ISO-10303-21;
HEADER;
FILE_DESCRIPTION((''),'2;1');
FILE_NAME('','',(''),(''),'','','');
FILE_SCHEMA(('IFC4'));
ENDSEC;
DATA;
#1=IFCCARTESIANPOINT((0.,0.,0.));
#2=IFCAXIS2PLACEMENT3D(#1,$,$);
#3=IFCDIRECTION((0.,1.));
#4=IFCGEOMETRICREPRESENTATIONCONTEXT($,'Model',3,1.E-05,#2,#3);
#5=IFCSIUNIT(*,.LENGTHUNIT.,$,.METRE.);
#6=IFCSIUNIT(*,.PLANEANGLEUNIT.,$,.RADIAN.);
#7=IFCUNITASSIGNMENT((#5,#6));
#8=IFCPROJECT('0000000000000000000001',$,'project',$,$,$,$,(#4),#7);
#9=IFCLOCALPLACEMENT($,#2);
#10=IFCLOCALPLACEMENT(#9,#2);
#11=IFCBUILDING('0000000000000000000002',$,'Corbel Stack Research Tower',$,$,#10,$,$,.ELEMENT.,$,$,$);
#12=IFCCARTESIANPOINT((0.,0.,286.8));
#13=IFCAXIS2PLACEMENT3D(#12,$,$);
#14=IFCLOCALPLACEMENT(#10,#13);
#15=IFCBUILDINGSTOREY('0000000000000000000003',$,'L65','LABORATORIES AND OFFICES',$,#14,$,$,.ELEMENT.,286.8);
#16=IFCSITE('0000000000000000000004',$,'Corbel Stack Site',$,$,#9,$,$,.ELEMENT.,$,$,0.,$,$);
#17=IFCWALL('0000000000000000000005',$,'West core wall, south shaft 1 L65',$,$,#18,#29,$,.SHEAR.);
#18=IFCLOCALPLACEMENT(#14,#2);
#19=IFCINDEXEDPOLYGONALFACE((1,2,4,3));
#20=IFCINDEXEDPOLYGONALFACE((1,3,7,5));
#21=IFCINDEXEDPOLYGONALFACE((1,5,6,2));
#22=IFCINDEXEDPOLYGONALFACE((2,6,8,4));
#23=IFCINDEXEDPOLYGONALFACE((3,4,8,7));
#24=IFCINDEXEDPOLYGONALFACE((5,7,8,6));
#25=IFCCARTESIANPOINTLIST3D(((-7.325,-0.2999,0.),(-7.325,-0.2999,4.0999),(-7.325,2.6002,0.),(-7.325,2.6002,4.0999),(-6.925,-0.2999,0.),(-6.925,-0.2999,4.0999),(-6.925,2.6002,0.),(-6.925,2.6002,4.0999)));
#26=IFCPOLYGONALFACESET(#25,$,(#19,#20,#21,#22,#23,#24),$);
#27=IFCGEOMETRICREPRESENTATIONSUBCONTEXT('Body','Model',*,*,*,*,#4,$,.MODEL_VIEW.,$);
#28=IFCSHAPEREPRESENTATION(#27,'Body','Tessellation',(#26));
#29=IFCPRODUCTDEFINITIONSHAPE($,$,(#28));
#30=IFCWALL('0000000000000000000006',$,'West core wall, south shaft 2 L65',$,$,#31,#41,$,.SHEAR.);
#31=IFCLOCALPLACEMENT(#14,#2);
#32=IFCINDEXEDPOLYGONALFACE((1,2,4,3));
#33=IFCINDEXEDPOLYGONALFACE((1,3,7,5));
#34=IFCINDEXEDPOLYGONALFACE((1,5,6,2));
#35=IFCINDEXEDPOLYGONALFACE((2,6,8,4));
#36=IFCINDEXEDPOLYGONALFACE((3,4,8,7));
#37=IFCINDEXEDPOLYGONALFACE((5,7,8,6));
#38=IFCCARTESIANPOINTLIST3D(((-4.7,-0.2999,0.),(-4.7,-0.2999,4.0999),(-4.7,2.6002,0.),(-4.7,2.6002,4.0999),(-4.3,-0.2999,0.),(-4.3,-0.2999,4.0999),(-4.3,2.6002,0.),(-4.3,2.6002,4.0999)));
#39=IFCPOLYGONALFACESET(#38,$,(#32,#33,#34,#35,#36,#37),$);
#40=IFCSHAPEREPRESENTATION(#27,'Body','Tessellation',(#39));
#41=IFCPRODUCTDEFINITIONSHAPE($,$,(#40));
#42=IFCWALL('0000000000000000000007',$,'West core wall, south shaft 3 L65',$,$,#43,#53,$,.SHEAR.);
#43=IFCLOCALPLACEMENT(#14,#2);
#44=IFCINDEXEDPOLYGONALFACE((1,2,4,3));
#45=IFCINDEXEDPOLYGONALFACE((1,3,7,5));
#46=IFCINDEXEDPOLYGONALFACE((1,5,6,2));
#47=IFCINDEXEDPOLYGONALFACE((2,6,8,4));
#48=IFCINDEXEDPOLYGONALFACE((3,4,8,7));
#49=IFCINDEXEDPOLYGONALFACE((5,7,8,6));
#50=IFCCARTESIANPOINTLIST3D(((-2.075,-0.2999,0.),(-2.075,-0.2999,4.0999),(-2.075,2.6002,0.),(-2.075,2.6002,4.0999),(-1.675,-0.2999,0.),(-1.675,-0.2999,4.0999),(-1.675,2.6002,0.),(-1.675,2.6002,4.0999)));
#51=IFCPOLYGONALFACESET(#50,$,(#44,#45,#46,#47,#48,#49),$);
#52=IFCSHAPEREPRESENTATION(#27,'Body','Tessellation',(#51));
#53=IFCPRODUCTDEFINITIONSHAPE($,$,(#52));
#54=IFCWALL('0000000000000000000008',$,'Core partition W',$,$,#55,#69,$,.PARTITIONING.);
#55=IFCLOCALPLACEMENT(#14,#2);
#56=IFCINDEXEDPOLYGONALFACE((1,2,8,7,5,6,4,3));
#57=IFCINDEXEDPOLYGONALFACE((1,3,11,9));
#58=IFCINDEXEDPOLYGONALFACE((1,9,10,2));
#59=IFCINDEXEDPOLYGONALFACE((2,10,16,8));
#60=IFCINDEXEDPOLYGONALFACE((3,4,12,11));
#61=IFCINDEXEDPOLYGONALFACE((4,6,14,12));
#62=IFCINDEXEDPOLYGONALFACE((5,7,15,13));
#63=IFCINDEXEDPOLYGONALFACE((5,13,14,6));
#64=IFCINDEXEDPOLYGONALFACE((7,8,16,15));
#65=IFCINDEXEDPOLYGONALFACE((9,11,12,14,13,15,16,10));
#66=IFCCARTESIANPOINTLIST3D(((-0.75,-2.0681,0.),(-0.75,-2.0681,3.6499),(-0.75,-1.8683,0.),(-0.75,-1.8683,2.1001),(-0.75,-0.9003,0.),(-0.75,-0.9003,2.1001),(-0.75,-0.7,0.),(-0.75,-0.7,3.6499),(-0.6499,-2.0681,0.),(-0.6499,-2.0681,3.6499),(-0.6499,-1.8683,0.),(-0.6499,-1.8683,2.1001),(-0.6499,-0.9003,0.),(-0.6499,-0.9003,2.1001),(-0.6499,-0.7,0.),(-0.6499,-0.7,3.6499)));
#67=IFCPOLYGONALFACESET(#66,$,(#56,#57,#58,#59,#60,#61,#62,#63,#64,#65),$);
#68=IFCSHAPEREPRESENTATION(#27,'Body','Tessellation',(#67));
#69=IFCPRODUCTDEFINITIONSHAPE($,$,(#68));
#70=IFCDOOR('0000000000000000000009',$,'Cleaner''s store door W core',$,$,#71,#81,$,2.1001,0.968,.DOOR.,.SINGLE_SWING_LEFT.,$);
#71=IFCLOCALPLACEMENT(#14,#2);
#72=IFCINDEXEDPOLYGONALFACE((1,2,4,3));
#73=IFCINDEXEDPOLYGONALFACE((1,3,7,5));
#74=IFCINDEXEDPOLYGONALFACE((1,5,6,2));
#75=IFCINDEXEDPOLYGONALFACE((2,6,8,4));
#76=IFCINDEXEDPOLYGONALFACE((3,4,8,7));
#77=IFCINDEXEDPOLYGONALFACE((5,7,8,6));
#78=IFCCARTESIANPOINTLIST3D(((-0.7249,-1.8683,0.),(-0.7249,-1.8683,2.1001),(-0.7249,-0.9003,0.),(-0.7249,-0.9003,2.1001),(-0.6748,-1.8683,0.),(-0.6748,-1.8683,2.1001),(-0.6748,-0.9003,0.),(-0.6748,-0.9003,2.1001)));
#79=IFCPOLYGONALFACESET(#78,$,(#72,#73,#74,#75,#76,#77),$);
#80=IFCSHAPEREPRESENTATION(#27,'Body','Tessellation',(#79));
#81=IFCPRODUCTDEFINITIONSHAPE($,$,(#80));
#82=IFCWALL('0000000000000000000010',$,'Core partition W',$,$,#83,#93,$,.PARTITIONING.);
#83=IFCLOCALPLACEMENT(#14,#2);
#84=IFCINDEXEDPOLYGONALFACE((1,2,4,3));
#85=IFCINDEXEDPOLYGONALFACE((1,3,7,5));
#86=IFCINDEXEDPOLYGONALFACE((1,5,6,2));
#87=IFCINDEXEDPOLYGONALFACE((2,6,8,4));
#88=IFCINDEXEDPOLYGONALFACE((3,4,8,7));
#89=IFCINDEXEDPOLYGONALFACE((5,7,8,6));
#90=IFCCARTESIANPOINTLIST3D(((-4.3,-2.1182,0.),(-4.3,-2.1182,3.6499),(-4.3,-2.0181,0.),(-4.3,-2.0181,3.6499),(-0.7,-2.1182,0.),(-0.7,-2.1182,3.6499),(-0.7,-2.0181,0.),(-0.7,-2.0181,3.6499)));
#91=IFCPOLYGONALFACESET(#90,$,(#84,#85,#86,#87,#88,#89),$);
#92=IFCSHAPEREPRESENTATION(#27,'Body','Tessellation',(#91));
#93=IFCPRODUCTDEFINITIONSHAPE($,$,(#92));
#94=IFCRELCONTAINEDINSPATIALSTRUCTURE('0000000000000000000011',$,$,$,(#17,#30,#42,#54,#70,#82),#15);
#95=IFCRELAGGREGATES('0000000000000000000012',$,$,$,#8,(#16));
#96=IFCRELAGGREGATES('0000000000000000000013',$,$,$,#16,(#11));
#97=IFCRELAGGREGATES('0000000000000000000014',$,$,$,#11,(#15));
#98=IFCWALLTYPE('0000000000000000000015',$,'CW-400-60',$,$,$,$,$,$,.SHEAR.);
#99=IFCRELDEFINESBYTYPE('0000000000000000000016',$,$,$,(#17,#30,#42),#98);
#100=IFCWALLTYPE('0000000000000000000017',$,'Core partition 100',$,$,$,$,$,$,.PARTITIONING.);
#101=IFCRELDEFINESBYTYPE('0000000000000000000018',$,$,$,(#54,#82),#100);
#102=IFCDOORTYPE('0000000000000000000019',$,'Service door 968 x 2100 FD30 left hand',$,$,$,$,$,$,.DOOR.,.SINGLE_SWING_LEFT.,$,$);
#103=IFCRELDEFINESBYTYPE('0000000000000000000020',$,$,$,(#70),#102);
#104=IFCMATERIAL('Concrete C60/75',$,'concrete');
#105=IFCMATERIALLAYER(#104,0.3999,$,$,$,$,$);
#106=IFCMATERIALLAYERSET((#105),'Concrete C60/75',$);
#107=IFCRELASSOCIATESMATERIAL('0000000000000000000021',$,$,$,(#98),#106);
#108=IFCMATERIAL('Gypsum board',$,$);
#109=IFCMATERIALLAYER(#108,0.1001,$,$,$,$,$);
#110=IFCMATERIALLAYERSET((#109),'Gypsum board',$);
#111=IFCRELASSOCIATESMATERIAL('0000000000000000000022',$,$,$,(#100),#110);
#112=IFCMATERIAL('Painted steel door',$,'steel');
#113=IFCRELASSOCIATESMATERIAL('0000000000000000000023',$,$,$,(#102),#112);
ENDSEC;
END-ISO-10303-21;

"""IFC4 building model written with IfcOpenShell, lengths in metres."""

from ifc_helpers import new_model, si_unit, direction, frame, frame_2d, origin, place, context, subcontext, project, spatial, rectangle, extrude, material, layer, layer_set, type_object, element, fill, save


model = new_model("IFC4")

# Units and contexts
model_context = context("Model", 3, precision=1e-05, world=origin(), true_north=direction((0.0, 1.0)))
body_context = subcontext(model_context, "Body", "Model", "MODEL_VIEW")
ifc_project = project(units=[si_unit("LENGTHUNIT", "METRE"), si_unit("PLANEANGLEUNIT", "RADIAN")], contexts=[model_context])

# Site, building, storey
site_placement = place(None, origin())
site = spatial("IfcSite", under=ifc_project, at=site_placement, Name="Corbel Stack Site", CompositionType="ELEMENT", RefElevation=0.0)
building_placement = place(site_placement, origin())
building = spatial("IfcBuilding", under=site, at=building_placement, Name="Corbel Stack Research Tower", CompositionType="ELEMENT")
storey_placement = place(building_placement, frame((0.0, 0.0, 286.8)))
storey = spatial("IfcBuildingStorey", under=building, at=storey_placement, Name="L65", Description="LABORATORIES AND OFFICES", CompositionType="ELEMENT", Elevation=286.8)

# Walls
ifc_material_1 = material(Name="Concrete C60/75", Category="concrete")
ifc_layer_1 = layer(ifc_material_1, 0.3999)
ifc_layer_set_1 = layer_set([ifc_layer_1], Name="Concrete C60/75")
wall_type_1 = type_object("IfcWallType", Name="CW-400-60", PredefinedType="SHEAR", material=ifc_layer_set_1)
for number, where, z_axis, x_axis, name in (
    (1, (-7.125, -0.3, 0.0), (0.0, 0.0, 1.0), (0.0, 1.0, 0.0), "West core wall, south shaft 1 L65"),
    (2, (-4.5, -0.3, 0.0), (0.0, 0.0, 1.0), (0.0, 1.0, 0.0), "West core wall, south shaft 2 L65"),
    (3, (-1.875, -0.3, 0.0), (0.0, 0.0, 1.0), (0.0, 1.0, 0.0), "West core wall, south shaft 3 L65"),
):
    element("IfcWall", number, at=place(storey_placement, frame(where, z_axis=z_axis, x_axis=x_axis)), inside=storey, type_object=wall_type_1, Name=name, PredefinedType="SHEAR", context=body_context, shape_type="SweptSolid", body=[
        extrude(rectangle(XDim=2.9001, YDim=0.3999, at=frame_2d((1.4502, 0.0))), origin(), (0.0, 0.0, 1.0), 4.0999),
    ])

# Wall, opening, door
ifc_material_2 = material(Name="Gypsum board")
ifc_layer_2 = layer(ifc_material_2, 0.1001)
ifc_layer_set_2 = layer_set([ifc_layer_2], Name="Gypsum board")
wall_type_2 = type_object("IfcWallType", Name="Core partition 100", PredefinedType="PARTITIONING", material=ifc_layer_set_2)
wall_1_placement = place(storey_placement, frame((-0.7, -2.0681, 0.0), z_axis=(0.0, 0.0, 1.0), x_axis=(0.0, 1.0, 0.0)))
wall_1 = element("IfcWall", 4, at=wall_1_placement, inside=storey, type_object=wall_type_2, Name="Core partition W", PredefinedType="PARTITIONING", context=body_context, shape_type="SweptSolid", body=[
    extrude(rectangle(XDim=1.3682, YDim=0.1001, at=frame_2d((0.6841, 0.0))), origin(), (0.0, 0.0, 1.0), 3.6499),
])
opening_placement = place(wall_1_placement, frame((0.2, 0.0, 0.0)))
opening = element("IfcOpeningElement", 5, at=opening_placement, cuts=wall_1, PredefinedType="OPENING", context=body_context, shape_type="SweptSolid", body=[
    extrude(rectangle(XDim=0.968, YDim=2.1001, at=frame_2d((0.4839, 1.05))), frame((0.0, 0.0601, 0.0), z_axis=(0.0, -1.0, 0.0), x_axis=(1.0, 0.0, 0.0)), (0.0, 0.0, 1.0), 0.1201),
])
ifc_material_3 = material(Name="Painted steel door", Category="steel")
door_type = type_object("IfcDoorType", Name="Service door 968 x 2100 FD30 left hand", OperationType="SINGLE_SWING_LEFT", PredefinedType="DOOR", material=ifc_material_3)
door_placement = place(opening_placement, origin())
door = element("IfcDoor", 6, at=door_placement, inside=storey, type_object=door_type, Name="Cleaner's store door W core", OperationType="SINGLE_SWING_LEFT", OverallHeight=2.1001, OverallWidth=0.968, PredefinedType="DOOR", context=body_context, shape_type="SweptSolid", body=[
    extrude(rectangle(XDim=0.968, YDim=2.1001, at=frame_2d((0.4839, 1.05))), frame((0.0, 0.0249, 0.0), z_axis=(0.0, -1.0, 0.0), x_axis=(1.0, 0.0, 0.0)), (0.0, 0.0, 1.0), 0.05),
])
fill(opening, door)

# Wall
wall_2_placement = place(storey_placement, frame((-4.3, -2.0681, 0.0), z_axis=(0.0, 0.0, 1.0), x_axis=(1.0, 0.0, 0.0)))
element("IfcWall", 7, at=wall_2_placement, inside=storey, type_object=wall_type_2, Name="Core partition W", PredefinedType="PARTITIONING", context=body_context, shape_type="SweptSolid", body=[
    extrude(rectangle(XDim=3.6001, YDim=0.1001, at=frame_2d((1.8, 0.0))), origin(), (0.0, 0.0, 1.0), 3.6499),
])

save(model, "model.ifc")
